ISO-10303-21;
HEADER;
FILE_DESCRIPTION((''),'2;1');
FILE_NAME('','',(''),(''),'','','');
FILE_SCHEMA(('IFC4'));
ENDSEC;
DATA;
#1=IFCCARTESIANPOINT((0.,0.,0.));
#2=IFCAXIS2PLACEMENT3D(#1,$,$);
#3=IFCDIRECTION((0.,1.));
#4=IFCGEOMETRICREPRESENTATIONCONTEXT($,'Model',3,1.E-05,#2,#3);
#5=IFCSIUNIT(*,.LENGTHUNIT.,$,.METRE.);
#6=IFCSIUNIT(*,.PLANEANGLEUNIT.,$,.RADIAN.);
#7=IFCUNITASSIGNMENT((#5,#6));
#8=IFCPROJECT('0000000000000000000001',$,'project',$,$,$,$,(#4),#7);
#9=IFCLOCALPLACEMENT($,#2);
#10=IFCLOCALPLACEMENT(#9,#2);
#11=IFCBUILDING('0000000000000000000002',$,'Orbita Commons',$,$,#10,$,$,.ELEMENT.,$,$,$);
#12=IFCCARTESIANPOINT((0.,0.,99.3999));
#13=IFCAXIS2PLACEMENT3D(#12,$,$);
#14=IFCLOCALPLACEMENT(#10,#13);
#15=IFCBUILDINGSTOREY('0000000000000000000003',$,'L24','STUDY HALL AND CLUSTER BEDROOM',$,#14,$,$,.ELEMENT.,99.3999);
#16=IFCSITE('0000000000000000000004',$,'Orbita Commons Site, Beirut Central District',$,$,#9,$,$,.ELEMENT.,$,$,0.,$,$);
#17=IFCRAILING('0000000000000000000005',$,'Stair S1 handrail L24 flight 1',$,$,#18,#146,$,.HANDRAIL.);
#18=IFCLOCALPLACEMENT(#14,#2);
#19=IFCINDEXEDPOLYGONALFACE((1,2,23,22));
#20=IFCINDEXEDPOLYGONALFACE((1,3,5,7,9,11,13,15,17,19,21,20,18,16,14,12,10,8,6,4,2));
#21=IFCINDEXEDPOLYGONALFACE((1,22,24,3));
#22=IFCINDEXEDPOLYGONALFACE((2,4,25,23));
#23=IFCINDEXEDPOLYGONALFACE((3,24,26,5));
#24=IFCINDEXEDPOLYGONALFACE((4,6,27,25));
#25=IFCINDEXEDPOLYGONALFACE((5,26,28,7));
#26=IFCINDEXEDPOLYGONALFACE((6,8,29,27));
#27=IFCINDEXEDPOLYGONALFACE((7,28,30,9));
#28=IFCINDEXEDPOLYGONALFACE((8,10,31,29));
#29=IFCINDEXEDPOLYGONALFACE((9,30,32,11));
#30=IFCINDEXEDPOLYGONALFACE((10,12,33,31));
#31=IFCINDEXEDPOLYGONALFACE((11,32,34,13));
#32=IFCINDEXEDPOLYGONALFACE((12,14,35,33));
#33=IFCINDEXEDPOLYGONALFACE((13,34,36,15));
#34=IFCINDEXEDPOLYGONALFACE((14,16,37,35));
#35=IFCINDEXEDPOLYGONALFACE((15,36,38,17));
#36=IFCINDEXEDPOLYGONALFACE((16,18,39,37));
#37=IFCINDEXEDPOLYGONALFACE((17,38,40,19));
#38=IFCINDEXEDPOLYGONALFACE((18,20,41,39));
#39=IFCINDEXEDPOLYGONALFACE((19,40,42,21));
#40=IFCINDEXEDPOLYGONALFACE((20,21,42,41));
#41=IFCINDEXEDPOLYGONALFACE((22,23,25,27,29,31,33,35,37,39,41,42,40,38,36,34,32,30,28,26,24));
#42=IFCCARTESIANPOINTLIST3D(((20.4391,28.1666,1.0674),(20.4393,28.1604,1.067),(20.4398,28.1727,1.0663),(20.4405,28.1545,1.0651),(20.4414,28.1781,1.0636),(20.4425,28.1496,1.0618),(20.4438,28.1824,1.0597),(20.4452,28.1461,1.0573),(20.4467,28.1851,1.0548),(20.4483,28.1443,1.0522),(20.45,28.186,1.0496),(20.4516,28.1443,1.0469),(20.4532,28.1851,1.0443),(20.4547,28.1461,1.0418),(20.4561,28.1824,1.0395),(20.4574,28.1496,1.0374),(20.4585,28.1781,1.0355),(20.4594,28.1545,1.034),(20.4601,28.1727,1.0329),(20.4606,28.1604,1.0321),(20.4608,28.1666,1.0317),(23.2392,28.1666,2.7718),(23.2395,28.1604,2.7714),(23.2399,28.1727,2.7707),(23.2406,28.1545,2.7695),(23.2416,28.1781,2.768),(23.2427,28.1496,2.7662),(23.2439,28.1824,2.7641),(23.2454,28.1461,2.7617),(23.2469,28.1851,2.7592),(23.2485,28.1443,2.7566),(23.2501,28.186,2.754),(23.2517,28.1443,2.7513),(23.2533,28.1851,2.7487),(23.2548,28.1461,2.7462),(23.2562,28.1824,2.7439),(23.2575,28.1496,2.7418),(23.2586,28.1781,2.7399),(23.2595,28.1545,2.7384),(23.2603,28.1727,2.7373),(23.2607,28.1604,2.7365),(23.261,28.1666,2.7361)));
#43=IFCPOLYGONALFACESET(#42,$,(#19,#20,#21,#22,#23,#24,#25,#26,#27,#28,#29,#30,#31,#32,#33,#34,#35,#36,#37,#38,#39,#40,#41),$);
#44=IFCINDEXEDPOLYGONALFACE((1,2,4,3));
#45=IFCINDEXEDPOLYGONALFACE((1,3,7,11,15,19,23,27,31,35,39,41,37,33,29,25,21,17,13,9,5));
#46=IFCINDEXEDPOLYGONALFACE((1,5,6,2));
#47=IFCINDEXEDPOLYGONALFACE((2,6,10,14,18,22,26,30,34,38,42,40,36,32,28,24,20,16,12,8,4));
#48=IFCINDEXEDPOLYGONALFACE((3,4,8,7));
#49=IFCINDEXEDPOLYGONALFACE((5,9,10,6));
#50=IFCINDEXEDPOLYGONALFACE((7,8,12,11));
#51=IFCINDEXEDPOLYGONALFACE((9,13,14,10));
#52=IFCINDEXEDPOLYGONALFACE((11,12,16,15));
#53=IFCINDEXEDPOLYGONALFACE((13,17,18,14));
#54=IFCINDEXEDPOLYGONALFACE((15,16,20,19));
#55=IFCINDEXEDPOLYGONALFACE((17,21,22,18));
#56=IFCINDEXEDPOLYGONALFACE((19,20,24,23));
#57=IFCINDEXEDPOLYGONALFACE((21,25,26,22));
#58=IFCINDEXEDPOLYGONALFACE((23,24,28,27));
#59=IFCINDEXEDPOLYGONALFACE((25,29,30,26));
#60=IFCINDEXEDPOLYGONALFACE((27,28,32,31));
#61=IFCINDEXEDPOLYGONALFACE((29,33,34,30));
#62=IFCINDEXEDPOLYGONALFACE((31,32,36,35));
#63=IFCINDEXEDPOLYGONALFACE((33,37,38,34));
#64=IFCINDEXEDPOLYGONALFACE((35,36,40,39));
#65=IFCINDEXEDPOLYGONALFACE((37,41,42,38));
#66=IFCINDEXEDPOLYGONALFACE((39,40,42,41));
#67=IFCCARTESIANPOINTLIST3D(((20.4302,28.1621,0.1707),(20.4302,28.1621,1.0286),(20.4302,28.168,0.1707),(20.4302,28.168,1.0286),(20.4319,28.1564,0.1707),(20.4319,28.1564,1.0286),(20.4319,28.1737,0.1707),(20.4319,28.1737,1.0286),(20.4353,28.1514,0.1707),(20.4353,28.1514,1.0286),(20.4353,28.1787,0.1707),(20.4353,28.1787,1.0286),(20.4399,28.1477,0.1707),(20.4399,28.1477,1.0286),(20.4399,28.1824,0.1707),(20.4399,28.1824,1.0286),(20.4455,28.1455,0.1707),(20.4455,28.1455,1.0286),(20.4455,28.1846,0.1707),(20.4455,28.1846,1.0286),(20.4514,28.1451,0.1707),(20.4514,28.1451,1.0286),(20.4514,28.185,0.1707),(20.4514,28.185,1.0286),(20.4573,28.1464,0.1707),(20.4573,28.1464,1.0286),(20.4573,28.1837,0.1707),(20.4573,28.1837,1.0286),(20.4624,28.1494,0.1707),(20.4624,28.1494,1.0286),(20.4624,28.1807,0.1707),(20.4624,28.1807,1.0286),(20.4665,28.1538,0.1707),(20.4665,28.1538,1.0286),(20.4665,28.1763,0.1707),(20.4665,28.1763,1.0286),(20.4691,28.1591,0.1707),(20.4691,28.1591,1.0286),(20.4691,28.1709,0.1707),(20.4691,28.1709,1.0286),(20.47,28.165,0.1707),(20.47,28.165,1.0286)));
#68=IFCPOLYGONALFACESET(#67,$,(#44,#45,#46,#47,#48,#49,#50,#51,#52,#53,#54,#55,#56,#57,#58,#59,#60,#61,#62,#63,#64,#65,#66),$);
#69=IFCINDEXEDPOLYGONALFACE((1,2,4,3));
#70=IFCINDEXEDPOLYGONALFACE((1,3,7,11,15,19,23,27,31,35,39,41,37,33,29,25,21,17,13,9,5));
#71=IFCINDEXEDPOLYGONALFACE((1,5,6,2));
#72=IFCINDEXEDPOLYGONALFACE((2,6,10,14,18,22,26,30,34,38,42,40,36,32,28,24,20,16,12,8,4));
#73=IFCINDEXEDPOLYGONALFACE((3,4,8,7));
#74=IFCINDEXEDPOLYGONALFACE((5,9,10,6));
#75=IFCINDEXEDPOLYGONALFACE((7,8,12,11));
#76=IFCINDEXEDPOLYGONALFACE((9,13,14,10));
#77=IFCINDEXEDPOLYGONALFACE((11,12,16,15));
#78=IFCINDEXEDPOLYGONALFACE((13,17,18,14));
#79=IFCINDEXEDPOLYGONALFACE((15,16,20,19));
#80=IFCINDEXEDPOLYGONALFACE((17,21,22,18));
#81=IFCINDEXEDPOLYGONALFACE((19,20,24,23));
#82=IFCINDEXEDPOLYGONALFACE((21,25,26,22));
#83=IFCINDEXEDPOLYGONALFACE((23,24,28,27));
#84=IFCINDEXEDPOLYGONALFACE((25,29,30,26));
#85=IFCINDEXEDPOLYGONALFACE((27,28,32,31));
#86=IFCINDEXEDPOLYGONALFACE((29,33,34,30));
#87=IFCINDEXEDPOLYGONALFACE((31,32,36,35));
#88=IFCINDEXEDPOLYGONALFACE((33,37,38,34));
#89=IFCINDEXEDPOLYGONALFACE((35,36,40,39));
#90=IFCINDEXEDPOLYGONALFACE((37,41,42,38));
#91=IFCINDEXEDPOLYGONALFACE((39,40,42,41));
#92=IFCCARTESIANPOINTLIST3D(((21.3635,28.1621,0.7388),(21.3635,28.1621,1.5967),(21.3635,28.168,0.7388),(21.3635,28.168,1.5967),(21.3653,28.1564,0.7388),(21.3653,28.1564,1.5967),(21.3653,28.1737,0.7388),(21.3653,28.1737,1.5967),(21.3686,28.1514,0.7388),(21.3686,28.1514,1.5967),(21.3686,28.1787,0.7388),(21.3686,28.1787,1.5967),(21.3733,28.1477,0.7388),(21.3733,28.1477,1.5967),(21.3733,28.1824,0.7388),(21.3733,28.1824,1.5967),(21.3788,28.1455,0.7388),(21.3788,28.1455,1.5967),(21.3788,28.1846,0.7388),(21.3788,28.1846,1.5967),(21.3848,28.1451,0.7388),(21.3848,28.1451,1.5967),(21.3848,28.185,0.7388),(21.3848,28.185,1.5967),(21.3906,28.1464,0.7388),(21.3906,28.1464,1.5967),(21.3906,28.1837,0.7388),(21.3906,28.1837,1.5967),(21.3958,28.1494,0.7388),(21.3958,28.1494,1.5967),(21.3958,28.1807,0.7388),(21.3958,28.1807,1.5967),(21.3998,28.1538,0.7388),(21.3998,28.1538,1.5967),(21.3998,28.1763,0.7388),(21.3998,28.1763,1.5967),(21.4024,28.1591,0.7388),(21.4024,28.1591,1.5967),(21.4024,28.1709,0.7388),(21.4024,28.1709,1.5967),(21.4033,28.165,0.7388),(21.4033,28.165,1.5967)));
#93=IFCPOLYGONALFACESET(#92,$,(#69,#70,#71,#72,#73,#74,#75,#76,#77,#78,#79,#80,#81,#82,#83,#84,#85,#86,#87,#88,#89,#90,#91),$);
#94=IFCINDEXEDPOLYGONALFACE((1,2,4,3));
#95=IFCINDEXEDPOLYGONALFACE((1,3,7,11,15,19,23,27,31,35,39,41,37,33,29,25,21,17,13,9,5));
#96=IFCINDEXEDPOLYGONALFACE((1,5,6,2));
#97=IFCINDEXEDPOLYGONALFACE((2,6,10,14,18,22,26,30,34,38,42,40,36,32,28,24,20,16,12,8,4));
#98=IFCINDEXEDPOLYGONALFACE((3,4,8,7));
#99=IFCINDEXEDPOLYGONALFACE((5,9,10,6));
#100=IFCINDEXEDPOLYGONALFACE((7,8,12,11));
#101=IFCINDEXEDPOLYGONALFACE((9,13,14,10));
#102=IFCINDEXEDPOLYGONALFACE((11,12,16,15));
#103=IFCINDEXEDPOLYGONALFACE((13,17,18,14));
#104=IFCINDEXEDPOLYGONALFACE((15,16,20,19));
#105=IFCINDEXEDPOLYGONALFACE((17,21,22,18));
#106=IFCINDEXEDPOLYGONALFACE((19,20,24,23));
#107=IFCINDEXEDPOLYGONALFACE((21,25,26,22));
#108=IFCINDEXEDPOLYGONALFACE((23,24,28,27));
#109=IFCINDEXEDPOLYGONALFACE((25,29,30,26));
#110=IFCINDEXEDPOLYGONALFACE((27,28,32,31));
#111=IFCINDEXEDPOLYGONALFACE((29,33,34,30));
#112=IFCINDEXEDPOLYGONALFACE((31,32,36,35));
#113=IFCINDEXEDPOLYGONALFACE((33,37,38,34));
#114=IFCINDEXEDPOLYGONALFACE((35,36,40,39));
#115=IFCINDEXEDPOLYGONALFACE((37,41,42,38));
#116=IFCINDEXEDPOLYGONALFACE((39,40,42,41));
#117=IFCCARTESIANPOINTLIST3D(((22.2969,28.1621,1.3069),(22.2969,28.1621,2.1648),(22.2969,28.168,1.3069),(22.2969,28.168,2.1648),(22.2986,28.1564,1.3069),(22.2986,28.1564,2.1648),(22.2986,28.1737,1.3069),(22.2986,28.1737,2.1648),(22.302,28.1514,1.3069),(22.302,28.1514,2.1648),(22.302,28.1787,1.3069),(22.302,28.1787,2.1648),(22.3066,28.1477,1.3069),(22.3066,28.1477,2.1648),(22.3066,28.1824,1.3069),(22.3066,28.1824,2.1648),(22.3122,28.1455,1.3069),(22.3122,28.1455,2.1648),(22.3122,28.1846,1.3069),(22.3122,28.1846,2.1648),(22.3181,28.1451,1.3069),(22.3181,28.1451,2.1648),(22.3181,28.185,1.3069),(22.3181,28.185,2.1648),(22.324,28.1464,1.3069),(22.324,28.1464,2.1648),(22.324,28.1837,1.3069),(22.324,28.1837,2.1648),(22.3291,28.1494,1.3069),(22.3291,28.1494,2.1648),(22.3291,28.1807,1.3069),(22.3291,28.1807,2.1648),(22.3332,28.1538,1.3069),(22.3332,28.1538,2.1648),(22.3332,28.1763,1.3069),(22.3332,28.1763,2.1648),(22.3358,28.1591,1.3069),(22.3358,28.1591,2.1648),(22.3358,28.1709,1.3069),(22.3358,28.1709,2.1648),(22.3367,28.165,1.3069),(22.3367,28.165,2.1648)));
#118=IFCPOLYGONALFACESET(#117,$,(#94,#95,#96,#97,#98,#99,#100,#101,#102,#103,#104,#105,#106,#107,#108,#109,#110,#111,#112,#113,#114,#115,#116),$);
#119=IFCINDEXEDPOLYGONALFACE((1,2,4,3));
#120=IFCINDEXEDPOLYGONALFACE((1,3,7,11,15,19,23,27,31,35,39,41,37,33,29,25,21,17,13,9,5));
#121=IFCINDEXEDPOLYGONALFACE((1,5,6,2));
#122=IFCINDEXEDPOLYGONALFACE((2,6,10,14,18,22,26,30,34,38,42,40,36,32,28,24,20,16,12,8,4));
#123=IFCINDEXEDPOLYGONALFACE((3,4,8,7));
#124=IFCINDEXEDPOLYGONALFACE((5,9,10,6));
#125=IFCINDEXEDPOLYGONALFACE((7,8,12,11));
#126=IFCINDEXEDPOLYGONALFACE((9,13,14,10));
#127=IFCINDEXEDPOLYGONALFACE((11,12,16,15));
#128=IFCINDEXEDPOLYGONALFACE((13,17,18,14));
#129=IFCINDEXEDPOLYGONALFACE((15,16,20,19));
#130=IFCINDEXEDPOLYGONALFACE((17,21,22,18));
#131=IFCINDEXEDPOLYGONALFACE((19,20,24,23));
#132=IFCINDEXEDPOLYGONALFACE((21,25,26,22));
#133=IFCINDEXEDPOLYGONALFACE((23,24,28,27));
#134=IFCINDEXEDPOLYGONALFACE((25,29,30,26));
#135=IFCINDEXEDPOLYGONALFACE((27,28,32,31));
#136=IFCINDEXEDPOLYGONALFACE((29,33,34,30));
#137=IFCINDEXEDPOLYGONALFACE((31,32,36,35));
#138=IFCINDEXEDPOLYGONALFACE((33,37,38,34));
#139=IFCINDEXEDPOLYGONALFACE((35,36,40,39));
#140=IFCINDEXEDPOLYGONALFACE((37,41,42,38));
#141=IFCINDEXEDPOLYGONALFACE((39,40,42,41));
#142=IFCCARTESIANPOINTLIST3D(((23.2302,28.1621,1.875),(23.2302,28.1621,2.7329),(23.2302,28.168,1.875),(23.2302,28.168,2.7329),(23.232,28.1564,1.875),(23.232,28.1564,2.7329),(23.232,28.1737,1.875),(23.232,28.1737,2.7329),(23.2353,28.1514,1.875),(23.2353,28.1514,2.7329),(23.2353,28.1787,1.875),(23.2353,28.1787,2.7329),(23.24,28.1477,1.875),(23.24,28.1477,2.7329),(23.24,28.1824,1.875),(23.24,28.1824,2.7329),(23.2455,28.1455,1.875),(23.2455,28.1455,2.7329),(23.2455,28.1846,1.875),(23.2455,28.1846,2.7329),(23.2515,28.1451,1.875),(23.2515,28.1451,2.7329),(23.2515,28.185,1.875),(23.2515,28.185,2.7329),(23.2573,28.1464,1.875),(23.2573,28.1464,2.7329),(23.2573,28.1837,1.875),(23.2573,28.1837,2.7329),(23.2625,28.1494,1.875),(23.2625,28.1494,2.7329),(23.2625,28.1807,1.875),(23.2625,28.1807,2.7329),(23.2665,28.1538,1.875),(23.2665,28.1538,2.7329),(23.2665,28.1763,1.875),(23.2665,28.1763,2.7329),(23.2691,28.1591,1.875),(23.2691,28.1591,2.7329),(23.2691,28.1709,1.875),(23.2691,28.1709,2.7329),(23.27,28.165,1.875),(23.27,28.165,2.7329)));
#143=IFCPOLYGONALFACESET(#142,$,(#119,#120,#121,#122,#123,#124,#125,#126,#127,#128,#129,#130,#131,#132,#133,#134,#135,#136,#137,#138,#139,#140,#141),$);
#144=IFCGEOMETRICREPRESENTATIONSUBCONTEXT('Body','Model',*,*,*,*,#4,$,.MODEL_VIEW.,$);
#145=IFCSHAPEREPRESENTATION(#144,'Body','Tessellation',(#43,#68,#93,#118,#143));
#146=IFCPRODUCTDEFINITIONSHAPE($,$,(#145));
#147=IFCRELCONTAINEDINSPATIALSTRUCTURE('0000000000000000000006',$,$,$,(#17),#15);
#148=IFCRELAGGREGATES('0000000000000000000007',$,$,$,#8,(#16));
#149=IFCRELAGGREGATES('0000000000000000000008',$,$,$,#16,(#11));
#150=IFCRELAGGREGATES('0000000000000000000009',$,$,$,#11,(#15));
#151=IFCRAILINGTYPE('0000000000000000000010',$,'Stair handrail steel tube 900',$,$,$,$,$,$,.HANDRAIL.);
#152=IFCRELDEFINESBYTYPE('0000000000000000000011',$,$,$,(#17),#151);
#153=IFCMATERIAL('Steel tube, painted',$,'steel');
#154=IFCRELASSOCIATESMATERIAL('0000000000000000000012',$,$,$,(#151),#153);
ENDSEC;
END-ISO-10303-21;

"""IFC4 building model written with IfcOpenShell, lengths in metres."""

from ifc_helpers import new_model, si_unit, direction, frame, origin, origin_2d, place, context, subcontext, project, spatial, circle, extrude, material, type_object, element, save


model = new_model("IFC4")

# Units and contexts
model_context = context("Model", 3, precision=1e-05, world=origin(), true_north=direction((0.0, 1.0)))
body_context = subcontext(model_context, "Body", "Model", "MODEL_VIEW")
ifc_project = project(units=[si_unit("LENGTHUNIT", "METRE"), si_unit("PLANEANGLEUNIT", "RADIAN")], contexts=[model_context])

# Site, building, storey
site_placement = place(None, origin())
site = spatial("IfcSite", under=ifc_project, at=site_placement, Name="Orbita Commons Site, Beirut Central District", CompositionType="ELEMENT", RefElevation=0.0)
building_placement = place(site_placement, origin())
building = spatial("IfcBuilding", under=site, at=building_placement, Name="Orbita Commons", CompositionType="ELEMENT")
storey_placement = place(building_placement, frame((0.0, 0.0, 99.3999)))
storey = spatial("IfcBuildingStorey", under=building, at=storey_placement, Name="L24", Description="STUDY HALL AND CLUSTER BEDROOM", CompositionType="ELEMENT", Elevation=99.3999)

# Railing
ifc_material_1 = material(Name="Steel tube, painted", Category="steel")
railing_type = type_object("IfcRailingType", Name="Stair handrail steel tube 900", PredefinedType="HANDRAIL", material=ifc_material_1)
for number, where, name in (
    (1, (20.45, 28.165, 0.1707), "Stair S1 handrail L24 flight 1"),
):
    element("IfcRailing", number, at=place(storey_placement, frame(where)), inside=storey, type_object=railing_type, Name=name, PredefinedType="HANDRAIL", context=body_context, shape_type="SweptSolid", body=[
        extrude(circle(Radius=0.021, at=origin_2d()), frame((0.0, 0.0, 0.8789), z_axis=(0.854203, 0.0, 0.51994), x_axis=(0.0, 1.0, 0.0)), (0.0, 0.0, 1.0), 3.2781),
        extrude(circle(Radius=0.02, at=origin_2d()), origin(), (0.0, 0.0, 1.0), 0.8579),
        extrude(circle(Radius=0.02, at=origin_2d()), frame((0.9333, 0.0, 0.5681)), (0.0, 0.0, 1.0), 0.8579),
        extrude(circle(Radius=0.02, at=origin_2d()), frame((1.8667, 0.0, 1.1362)), (0.0, 0.0, 1.0), 0.8579),
        extrude(circle(Radius=0.02, at=origin_2d()), frame((2.8, 0.0, 1.7043)), (0.0, 0.0, 1.0), 0.8579),
    ])

save(model, "model.ifc")
